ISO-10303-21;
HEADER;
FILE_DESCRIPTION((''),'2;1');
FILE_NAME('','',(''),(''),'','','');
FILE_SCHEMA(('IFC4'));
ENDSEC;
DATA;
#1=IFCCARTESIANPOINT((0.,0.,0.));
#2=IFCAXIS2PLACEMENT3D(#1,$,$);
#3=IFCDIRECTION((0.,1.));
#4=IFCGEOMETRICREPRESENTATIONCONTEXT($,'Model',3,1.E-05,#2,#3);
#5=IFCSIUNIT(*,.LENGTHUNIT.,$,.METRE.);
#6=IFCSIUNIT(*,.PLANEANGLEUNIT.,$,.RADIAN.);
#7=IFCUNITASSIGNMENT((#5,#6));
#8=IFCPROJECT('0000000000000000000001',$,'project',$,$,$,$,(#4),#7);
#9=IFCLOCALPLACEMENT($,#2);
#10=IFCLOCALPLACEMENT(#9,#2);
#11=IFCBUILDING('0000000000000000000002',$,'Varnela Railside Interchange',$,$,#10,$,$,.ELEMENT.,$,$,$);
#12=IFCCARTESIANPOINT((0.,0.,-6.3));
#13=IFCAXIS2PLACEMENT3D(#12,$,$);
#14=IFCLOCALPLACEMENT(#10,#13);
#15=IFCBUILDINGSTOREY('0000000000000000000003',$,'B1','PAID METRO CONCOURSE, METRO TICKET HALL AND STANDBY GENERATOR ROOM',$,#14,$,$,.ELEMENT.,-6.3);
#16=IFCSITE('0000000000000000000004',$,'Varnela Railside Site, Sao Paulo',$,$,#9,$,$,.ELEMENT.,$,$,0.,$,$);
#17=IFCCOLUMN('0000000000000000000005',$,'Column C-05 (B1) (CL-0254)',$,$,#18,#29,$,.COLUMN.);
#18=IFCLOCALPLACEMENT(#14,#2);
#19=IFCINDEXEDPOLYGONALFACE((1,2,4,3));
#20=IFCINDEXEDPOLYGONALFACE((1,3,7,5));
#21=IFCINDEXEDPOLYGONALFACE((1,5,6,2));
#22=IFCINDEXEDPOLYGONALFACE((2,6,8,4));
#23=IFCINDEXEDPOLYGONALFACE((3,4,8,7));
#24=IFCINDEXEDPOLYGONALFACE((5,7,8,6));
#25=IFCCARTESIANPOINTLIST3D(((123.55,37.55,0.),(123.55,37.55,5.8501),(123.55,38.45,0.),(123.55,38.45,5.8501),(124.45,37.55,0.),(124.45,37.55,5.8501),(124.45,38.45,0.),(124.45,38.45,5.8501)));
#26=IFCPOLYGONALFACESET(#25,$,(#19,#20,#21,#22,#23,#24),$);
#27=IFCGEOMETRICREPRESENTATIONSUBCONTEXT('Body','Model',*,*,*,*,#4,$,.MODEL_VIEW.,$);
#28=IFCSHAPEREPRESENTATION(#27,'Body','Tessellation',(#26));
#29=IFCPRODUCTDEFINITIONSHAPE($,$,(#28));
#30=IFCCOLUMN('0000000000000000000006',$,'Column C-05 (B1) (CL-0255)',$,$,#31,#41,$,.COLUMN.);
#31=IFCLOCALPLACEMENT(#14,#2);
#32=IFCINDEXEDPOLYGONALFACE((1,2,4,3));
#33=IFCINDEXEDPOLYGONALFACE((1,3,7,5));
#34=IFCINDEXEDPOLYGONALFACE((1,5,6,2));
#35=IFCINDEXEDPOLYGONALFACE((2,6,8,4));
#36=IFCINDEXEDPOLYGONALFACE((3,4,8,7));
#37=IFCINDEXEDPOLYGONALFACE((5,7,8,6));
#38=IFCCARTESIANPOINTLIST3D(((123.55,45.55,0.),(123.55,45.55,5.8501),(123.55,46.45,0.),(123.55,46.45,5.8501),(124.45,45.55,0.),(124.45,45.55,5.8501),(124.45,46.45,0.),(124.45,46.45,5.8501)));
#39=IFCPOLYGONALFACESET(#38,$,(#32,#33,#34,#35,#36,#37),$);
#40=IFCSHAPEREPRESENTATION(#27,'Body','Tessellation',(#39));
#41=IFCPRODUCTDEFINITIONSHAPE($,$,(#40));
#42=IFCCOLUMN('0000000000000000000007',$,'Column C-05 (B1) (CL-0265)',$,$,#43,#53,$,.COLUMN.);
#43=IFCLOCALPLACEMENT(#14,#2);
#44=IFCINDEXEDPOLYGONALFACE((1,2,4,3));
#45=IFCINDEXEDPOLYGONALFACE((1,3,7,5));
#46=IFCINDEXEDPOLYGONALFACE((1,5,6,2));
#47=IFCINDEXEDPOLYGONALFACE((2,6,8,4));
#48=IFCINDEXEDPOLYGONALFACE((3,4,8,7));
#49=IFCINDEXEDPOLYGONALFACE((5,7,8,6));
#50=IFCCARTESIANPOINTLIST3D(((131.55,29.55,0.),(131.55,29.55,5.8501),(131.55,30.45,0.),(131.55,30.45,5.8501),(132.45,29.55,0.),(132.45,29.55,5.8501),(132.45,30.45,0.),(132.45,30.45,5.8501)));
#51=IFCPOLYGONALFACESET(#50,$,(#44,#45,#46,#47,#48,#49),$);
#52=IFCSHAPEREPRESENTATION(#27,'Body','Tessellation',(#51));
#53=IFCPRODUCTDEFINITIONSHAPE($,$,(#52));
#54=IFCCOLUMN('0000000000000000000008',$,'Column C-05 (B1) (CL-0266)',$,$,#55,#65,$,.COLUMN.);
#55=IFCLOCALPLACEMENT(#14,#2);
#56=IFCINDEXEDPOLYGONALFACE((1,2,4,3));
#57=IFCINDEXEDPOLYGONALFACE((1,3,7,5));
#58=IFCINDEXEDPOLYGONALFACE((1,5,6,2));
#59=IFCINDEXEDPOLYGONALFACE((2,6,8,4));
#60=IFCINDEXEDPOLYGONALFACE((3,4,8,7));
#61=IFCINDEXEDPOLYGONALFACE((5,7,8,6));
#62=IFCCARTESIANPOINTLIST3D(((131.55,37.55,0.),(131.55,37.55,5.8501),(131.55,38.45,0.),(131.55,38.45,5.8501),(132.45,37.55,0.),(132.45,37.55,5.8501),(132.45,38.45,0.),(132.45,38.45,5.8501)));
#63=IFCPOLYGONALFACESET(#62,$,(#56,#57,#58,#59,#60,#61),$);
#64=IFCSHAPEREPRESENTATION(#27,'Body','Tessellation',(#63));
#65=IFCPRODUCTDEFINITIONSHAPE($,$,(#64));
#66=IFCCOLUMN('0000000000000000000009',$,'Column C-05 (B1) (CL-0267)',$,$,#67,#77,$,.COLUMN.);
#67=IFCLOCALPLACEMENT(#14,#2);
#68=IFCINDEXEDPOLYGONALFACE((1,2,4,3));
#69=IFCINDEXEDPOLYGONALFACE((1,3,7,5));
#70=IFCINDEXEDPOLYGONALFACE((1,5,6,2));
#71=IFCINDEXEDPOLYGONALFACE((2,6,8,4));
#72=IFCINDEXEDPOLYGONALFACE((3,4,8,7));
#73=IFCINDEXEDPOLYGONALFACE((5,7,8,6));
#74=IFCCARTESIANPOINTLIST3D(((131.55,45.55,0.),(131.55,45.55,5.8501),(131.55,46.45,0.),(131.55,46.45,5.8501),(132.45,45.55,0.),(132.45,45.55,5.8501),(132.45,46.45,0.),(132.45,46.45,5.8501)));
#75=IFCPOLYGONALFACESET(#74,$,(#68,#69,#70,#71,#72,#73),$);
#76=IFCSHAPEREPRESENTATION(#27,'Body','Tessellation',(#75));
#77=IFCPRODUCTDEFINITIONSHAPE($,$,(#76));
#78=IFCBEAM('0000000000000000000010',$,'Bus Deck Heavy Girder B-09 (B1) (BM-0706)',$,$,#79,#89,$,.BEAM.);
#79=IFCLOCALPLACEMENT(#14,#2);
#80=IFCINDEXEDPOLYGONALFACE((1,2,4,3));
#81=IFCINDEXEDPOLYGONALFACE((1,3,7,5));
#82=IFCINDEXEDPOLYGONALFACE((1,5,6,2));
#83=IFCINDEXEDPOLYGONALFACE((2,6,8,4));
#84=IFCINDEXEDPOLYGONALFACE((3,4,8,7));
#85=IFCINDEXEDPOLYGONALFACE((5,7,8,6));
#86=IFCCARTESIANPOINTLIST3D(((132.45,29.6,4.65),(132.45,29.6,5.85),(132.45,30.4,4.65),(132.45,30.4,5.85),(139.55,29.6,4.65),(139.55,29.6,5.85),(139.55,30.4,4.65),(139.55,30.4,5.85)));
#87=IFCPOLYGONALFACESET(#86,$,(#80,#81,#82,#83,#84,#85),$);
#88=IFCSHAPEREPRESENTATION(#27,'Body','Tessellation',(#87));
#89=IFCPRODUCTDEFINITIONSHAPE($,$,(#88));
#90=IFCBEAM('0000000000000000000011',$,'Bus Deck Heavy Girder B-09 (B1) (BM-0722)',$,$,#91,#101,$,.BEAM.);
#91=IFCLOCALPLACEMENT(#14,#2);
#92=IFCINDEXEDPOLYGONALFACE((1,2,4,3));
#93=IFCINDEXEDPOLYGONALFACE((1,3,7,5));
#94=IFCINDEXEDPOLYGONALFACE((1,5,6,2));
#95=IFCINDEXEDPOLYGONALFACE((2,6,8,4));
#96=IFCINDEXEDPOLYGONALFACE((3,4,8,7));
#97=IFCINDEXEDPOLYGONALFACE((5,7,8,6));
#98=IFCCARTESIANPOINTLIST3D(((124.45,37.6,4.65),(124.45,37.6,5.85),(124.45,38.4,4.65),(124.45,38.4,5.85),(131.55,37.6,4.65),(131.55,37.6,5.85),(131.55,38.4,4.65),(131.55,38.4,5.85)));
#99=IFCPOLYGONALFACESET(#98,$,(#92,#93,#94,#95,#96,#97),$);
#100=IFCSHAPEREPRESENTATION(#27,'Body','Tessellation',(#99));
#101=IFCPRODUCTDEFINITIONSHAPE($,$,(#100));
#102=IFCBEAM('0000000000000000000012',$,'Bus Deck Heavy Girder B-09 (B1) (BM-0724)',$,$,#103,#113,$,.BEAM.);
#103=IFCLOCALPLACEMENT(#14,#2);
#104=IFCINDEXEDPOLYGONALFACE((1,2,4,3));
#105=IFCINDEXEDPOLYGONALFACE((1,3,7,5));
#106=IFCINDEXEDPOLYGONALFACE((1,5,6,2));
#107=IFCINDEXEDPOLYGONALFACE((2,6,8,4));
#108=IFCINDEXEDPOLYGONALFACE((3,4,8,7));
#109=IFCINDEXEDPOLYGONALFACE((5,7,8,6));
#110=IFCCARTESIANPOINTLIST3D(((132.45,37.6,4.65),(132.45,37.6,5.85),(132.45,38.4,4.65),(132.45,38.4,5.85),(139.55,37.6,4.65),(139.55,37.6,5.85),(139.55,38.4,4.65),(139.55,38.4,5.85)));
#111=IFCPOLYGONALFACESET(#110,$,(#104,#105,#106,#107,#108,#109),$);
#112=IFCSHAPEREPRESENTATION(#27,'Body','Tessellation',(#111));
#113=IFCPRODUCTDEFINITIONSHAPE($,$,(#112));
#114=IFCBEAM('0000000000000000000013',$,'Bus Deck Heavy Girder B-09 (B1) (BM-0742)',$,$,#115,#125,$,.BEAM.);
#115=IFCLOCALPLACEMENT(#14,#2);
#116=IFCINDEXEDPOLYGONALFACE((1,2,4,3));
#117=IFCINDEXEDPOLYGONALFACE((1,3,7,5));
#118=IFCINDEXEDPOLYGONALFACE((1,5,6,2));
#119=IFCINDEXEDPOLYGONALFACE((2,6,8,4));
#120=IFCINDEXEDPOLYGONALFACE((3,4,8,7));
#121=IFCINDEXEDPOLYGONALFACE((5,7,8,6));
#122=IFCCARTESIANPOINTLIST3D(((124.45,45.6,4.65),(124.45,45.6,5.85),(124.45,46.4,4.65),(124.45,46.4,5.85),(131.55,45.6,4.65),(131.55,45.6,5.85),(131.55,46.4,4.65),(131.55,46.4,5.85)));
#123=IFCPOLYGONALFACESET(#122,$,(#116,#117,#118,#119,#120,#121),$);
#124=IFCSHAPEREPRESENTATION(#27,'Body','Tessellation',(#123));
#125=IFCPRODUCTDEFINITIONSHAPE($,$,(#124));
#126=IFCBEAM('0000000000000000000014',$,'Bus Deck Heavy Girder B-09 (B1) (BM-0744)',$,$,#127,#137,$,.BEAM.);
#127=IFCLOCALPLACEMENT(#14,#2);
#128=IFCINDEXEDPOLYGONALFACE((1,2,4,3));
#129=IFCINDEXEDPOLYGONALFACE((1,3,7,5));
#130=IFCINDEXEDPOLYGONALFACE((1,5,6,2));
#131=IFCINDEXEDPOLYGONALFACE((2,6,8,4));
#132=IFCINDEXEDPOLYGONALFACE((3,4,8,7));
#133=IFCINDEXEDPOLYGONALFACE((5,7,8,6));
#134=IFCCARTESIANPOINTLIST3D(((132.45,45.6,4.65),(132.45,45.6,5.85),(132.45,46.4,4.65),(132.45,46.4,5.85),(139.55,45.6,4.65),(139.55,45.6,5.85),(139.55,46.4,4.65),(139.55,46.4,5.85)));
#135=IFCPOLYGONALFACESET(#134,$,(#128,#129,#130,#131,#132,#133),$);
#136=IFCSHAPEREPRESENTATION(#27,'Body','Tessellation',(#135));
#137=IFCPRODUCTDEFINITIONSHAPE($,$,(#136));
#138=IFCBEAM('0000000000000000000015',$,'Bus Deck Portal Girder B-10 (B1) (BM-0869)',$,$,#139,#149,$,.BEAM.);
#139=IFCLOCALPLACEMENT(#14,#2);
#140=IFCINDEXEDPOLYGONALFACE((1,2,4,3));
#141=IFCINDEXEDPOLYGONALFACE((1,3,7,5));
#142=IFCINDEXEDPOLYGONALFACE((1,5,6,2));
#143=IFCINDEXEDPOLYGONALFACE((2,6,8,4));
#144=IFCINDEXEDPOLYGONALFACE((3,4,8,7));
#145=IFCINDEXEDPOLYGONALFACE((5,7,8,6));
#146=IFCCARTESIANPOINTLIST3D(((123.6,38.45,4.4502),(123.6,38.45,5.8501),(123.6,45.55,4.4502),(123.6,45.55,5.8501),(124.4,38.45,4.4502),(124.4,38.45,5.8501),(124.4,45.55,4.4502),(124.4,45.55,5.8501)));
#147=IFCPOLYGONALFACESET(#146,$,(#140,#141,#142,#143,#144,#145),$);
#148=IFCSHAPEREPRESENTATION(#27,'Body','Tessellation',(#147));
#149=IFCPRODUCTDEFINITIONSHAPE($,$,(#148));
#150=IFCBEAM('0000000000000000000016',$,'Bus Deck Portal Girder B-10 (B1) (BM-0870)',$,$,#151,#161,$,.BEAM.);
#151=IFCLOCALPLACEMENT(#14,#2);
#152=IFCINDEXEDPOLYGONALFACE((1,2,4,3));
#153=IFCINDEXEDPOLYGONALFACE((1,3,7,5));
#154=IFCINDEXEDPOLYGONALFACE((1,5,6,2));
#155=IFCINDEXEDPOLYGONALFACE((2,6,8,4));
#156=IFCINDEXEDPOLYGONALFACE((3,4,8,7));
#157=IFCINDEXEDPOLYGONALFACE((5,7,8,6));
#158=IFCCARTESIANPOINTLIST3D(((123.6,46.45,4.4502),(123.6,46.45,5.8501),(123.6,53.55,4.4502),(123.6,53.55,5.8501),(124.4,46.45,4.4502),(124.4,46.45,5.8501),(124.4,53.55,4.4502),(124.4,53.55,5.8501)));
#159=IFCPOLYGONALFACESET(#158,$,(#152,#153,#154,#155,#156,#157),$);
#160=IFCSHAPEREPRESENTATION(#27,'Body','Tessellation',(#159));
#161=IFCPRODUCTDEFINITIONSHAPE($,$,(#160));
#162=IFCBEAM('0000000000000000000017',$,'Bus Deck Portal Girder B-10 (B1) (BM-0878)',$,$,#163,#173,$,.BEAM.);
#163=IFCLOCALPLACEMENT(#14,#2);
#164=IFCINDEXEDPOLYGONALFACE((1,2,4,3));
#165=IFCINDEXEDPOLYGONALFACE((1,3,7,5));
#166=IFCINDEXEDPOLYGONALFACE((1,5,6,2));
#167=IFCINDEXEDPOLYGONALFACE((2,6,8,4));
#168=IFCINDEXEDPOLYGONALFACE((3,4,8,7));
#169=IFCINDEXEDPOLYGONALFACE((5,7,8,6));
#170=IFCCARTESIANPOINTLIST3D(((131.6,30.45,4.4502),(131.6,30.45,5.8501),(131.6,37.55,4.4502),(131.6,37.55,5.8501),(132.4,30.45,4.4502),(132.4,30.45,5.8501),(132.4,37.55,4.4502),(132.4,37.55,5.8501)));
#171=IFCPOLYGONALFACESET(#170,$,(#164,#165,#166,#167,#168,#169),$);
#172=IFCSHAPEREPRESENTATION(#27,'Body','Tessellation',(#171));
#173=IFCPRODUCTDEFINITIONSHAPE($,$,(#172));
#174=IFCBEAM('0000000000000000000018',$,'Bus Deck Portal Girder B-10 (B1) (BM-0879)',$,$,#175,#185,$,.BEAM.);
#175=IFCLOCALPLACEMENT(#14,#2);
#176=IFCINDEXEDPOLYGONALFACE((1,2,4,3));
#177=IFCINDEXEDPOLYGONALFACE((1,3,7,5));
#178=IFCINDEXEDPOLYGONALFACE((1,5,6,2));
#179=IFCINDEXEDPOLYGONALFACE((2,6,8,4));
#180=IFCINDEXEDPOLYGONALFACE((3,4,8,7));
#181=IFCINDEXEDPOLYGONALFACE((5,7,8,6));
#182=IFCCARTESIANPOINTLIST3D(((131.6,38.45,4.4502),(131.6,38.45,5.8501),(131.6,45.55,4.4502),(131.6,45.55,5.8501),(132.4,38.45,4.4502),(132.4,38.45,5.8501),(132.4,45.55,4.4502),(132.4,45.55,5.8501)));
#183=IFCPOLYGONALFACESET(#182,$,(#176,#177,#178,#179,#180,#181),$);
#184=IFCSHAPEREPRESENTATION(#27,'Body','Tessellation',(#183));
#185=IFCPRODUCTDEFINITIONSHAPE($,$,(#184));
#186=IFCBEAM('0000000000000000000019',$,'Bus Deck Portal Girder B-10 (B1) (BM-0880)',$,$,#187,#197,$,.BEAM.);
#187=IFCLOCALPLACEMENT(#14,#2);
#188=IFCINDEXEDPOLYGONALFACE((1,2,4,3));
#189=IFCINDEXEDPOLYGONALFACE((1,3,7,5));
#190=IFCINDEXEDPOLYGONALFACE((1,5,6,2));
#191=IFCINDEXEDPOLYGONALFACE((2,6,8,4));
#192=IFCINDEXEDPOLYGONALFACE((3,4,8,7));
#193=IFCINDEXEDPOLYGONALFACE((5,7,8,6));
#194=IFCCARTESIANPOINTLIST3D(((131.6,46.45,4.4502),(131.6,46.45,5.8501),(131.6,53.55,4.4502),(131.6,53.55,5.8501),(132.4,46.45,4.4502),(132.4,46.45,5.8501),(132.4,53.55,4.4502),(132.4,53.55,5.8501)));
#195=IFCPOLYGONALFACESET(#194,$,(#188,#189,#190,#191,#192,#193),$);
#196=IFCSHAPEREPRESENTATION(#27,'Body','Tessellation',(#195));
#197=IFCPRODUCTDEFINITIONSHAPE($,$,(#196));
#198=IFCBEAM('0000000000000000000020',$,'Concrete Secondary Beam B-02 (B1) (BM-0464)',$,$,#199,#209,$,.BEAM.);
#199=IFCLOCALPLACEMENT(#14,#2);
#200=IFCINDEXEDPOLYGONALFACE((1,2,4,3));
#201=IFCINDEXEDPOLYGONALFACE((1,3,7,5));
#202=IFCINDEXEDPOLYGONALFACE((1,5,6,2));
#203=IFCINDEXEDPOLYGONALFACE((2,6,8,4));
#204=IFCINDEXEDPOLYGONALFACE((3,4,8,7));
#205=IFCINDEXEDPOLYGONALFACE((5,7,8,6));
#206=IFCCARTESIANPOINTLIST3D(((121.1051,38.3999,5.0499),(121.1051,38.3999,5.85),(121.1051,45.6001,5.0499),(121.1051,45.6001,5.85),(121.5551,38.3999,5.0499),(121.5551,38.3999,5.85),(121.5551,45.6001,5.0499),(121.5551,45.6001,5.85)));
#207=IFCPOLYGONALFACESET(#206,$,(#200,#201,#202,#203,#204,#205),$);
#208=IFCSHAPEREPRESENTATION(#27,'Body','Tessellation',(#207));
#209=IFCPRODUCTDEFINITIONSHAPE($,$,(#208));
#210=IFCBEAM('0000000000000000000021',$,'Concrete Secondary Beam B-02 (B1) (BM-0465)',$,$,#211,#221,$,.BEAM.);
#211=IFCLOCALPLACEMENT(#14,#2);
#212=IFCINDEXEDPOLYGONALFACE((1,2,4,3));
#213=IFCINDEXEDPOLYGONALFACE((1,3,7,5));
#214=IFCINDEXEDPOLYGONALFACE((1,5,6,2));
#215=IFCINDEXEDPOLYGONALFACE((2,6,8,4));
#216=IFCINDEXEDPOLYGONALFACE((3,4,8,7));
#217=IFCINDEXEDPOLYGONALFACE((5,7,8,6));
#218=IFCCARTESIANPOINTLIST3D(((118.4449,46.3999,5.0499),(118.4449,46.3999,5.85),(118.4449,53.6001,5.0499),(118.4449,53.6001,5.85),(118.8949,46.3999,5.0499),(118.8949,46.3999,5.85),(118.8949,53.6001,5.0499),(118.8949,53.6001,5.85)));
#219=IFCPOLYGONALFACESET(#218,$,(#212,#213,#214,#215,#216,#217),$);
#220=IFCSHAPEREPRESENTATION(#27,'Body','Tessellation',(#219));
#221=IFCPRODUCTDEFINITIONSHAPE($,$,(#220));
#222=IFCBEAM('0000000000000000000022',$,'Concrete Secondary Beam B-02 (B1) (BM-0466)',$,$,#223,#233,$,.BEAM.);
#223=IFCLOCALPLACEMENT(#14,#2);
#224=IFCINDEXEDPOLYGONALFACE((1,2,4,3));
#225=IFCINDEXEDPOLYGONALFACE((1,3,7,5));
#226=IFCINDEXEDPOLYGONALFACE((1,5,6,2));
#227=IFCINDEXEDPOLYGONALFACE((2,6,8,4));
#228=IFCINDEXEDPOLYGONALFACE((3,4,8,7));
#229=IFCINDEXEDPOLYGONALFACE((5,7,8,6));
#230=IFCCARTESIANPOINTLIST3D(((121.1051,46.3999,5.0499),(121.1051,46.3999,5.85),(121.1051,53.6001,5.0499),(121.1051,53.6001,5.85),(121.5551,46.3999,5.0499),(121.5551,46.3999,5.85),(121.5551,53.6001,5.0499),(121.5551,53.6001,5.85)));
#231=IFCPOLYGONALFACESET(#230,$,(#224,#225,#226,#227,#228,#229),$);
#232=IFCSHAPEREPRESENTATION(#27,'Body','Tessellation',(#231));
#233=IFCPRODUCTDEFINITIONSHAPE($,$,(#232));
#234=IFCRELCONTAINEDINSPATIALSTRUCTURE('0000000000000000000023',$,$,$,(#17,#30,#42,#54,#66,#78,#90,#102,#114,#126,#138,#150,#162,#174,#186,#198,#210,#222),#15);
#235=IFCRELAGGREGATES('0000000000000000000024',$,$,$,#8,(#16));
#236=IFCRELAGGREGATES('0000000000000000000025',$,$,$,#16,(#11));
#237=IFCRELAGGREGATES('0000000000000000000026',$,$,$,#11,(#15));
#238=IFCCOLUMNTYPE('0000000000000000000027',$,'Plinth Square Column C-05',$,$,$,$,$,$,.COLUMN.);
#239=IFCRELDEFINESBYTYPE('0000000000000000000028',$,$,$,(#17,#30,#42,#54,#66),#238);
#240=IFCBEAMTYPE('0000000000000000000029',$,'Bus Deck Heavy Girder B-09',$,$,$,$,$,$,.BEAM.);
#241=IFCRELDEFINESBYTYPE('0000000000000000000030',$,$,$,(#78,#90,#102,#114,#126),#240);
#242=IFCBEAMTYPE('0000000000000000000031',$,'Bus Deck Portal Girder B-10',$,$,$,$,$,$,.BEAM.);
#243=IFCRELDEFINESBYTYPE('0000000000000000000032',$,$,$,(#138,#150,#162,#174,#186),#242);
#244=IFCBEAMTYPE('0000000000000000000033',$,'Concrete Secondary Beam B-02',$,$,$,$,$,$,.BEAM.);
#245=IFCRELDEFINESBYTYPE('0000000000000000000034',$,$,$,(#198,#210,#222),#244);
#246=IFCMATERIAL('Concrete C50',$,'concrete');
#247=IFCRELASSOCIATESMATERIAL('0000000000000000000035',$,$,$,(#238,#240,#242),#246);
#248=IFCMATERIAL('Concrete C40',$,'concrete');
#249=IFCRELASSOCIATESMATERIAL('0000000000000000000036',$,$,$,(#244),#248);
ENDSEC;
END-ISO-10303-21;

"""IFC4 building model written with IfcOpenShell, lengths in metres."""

from ifc_helpers import new_model, si_unit, direction, frame, origin, origin_2d, place, context, subcontext, project, spatial, rectangle, extrude, material, material_profile, profile_set, type_object, element, save


model = new_model("IFC4")

# Units and contexts
model_context = context("Model", 3, precision=1e-05, world=origin(), true_north=direction((0.0, 1.0)))
body_context = subcontext(model_context, "Body", "Model", "MODEL_VIEW")
ifc_project = project(units=[si_unit("LENGTHUNIT", "METRE"), si_unit("PLANEANGLEUNIT", "RADIAN")], contexts=[model_context])

# Site, building, storey
site_placement = place(None, origin())
site = spatial("IfcSite", under=ifc_project, at=site_placement, Name="Varnela Railside Site, Sao Paulo", CompositionType="ELEMENT", RefElevation=0.0)
building_placement = place(site_placement, origin())
building = spatial("IfcBuilding", under=site, at=building_placement, Name="Varnela Railside Interchange", CompositionType="ELEMENT")
storey_placement = place(building_placement, frame((0.0, 0.0, -6.3)))
storey = spatial("IfcBuildingStorey", under=building, at=storey_placement, Name="B1", Description="PAID METRO CONCOURSE, METRO TICKET HALL AND STANDBY GENERATOR ROOM", CompositionType="ELEMENT", Elevation=-6.3)

# Columns
ifc_material_1 = material(Name="Concrete C50", Category="concrete")
ifc_material_profile_1 = material_profile(ifc_material_1, rectangle(XDim=0.8999, YDim=0.8999, at=origin_2d()), Name="RC 900x900")
ifc_profile_set_1 = profile_set([ifc_material_profile_1], Name="Concrete C50")
column_type = type_object("IfcColumnType", Name="Plinth Square Column C-05", PredefinedType="COLUMN", material=ifc_profile_set_1)
for number, where, z_axis, x_axis, name in (
    (1, (124.0, 38.0, 0.0), (0.0, 0.0, 1.0), (1.0, 0.0, 0.0), "Column C-05 (B1) (CL-0254)"),
    (2, (124.0, 46.0, 0.0), (0.0, 0.0, 1.0), (1.0, 0.0, 0.0), "Column C-05 (B1) (CL-0255)"),
    (3, (132.0, 30.0, 0.0), (0.0, 0.0, 1.0), (1.0, 0.0, 0.0), "Column C-05 (B1) (CL-0265)"),
    (4, (132.0, 38.0, 0.0), (0.0, 0.0, 1.0), (1.0, 0.0, 0.0), "Column C-05 (B1) (CL-0266)"),
    (5, (132.0, 46.0, 0.0), (0.0, 0.0, 1.0), (1.0, 0.0, 0.0), "Column C-05 (B1) (CL-0267)"),
):
    element("IfcColumn", number, at=place(storey_placement, frame(where, z_axis=z_axis, x_axis=x_axis)), inside=storey, type_object=column_type, Name=name, PredefinedType="COLUMN", context=body_context, shape_type="SweptSolid", body=[
        extrude(rectangle(XDim=0.8999, YDim=0.8999, at=origin_2d()), origin(), (0.0, 0.0, 1.0), 5.8501),
    ])

# Beams
ifc_material_profile_2 = material_profile(ifc_material_1, rectangle(XDim=0.8, YDim=1.2, at=origin_2d()), Name="RC 800x1200")
ifc_profile_set_2 = profile_set([ifc_material_profile_2], Name="Concrete C50")
beam_type_1 = type_object("IfcBeamType", Name="Bus Deck Heavy Girder B-09", PredefinedType="BEAM", material=ifc_profile_set_2)
for number, where, z_axis, x_axis, name in (
    (6, (132.45, 30.0, 5.25), (1.0, 0.0, 0.0), (0.0, 1.0, 0.0), "Bus Deck Heavy Girder B-09 (B1) (BM-0706)"),
    (7, (124.45, 38.0, 5.25), (1.0, 0.0, 0.0), (0.0, 1.0, 0.0), "Bus Deck Heavy Girder B-09 (B1) (BM-0722)"),
    (8, (132.45, 38.0, 5.25), (1.0, 0.0, 0.0), (0.0, 1.0, 0.0), "Bus Deck Heavy Girder B-09 (B1) (BM-0724)"),
    (9, (124.45, 46.0, 5.25), (1.0, 0.0, 0.0), (0.0, 1.0, 0.0), "Bus Deck Heavy Girder B-09 (B1) (BM-0742)"),
    (10, (132.45, 46.0, 5.25), (1.0, 0.0, 0.0), (0.0, 1.0, 0.0), "Bus Deck Heavy Girder B-09 (B1) (BM-0744)"),
):
    element("IfcBeam", number, at=place(storey_placement, frame(where, z_axis=z_axis, x_axis=x_axis)), inside=storey, type_object=beam_type_1, Name=name, PredefinedType="BEAM", context=body_context, shape_type="SweptSolid", body=[
        extrude(rectangle(XDim=0.8, YDim=1.2, at=origin_2d()), origin(), (0.0, 0.0, 1.0), 7.1001),
    ])
ifc_material_profile_3 = material_profile(ifc_material_1, rectangle(XDim=0.8, YDim=1.3999, at=origin_2d()), Name="RC 800x1400")
ifc_profile_set_3 = profile_set([ifc_material_profile_3], Name="Concrete C50")
beam_type_2 = type_object("IfcBeamType", Name="Bus Deck Portal Girder B-10", PredefinedType="BEAM", material=ifc_profile_set_3)
for number, where, z_axis, x_axis, name in (
    (11, (124.0, 38.45, 5.1501), (0.0, 1.0, 0.0), (-1.0, 0.0, 0.0), "Bus Deck Portal Girder B-10 (B1) (BM-0869)"),
    (12, (124.0, 46.45, 5.1501), (0.0, 1.0, 0.0), (-1.0, 0.0, 0.0), "Bus Deck Portal Girder B-10 (B1) (BM-0870)"),
    (13, (132.0, 30.45, 5.1501), (0.0, 1.0, 0.0), (-1.0, 0.0, 0.0), "Bus Deck Portal Girder B-10 (B1) (BM-0878)"),
    (14, (132.0, 38.45, 5.1501), (0.0, 1.0, 0.0), (-1.0, 0.0, 0.0), "Bus Deck Portal Girder B-10 (B1) (BM-0879)"),
    (15, (132.0, 46.45, 5.1501), (0.0, 1.0, 0.0), (-1.0, 0.0, 0.0), "Bus Deck Portal Girder B-10 (B1) (BM-0880)"),
):
    element("IfcBeam", number, at=place(storey_placement, frame(where, z_axis=z_axis, x_axis=x_axis)), inside=storey, type_object=beam_type_2, Name=name, PredefinedType="BEAM", context=body_context, shape_type="SweptSolid", body=[
        extrude(rectangle(XDim=0.8, YDim=1.3999, at=origin_2d()), origin(), (0.0, 0.0, 1.0), 7.1001),
    ])
ifc_material_2 = material(Name="Concrete C40", Category="concrete")
ifc_material_profile_4 = material_profile(ifc_material_2, rectangle(XDim=0.45, YDim=0.8, at=origin_2d()), Name="RC 450x800")
ifc_profile_set_4 = profile_set([ifc_material_profile_4], Name="Concrete C40")
beam_type_3 = type_object("IfcBeamType", Name="Concrete Secondary Beam B-02", PredefinedType="BEAM", material=ifc_profile_set_4)
for number, where, z_axis, x_axis, name in (
    (16, (121.3301, 38.3999, 5.45), (0.0, 1.0, 0.0), (-1.0, 0.0, 0.0), "Concrete Secondary Beam B-02 (B1) (BM-0464)"),
    (17, (118.6699, 46.3999, 5.45), (0.0, 1.0, 0.0), (-1.0, 0.0, 0.0), "Concrete Secondary Beam B-02 (B1) (BM-0465)"),
    (18, (121.3301, 46.3999, 5.45), (0.0, 1.0, 0.0), (-1.0, 0.0, 0.0), "Concrete Secondary Beam B-02 (B1) (BM-0466)"),
):
    element("IfcBeam", number, at=place(storey_placement, frame(where, z_axis=z_axis, x_axis=x_axis)), inside=storey, type_object=beam_type_3, Name=name, PredefinedType="BEAM", context=body_context, shape_type="SweptSolid", body=[
        extrude(rectangle(XDim=0.45, YDim=0.8, at=origin_2d()), origin(), (0.0, 0.0, 1.0), 7.2002),
    ])

save(model, "model.ifc")
